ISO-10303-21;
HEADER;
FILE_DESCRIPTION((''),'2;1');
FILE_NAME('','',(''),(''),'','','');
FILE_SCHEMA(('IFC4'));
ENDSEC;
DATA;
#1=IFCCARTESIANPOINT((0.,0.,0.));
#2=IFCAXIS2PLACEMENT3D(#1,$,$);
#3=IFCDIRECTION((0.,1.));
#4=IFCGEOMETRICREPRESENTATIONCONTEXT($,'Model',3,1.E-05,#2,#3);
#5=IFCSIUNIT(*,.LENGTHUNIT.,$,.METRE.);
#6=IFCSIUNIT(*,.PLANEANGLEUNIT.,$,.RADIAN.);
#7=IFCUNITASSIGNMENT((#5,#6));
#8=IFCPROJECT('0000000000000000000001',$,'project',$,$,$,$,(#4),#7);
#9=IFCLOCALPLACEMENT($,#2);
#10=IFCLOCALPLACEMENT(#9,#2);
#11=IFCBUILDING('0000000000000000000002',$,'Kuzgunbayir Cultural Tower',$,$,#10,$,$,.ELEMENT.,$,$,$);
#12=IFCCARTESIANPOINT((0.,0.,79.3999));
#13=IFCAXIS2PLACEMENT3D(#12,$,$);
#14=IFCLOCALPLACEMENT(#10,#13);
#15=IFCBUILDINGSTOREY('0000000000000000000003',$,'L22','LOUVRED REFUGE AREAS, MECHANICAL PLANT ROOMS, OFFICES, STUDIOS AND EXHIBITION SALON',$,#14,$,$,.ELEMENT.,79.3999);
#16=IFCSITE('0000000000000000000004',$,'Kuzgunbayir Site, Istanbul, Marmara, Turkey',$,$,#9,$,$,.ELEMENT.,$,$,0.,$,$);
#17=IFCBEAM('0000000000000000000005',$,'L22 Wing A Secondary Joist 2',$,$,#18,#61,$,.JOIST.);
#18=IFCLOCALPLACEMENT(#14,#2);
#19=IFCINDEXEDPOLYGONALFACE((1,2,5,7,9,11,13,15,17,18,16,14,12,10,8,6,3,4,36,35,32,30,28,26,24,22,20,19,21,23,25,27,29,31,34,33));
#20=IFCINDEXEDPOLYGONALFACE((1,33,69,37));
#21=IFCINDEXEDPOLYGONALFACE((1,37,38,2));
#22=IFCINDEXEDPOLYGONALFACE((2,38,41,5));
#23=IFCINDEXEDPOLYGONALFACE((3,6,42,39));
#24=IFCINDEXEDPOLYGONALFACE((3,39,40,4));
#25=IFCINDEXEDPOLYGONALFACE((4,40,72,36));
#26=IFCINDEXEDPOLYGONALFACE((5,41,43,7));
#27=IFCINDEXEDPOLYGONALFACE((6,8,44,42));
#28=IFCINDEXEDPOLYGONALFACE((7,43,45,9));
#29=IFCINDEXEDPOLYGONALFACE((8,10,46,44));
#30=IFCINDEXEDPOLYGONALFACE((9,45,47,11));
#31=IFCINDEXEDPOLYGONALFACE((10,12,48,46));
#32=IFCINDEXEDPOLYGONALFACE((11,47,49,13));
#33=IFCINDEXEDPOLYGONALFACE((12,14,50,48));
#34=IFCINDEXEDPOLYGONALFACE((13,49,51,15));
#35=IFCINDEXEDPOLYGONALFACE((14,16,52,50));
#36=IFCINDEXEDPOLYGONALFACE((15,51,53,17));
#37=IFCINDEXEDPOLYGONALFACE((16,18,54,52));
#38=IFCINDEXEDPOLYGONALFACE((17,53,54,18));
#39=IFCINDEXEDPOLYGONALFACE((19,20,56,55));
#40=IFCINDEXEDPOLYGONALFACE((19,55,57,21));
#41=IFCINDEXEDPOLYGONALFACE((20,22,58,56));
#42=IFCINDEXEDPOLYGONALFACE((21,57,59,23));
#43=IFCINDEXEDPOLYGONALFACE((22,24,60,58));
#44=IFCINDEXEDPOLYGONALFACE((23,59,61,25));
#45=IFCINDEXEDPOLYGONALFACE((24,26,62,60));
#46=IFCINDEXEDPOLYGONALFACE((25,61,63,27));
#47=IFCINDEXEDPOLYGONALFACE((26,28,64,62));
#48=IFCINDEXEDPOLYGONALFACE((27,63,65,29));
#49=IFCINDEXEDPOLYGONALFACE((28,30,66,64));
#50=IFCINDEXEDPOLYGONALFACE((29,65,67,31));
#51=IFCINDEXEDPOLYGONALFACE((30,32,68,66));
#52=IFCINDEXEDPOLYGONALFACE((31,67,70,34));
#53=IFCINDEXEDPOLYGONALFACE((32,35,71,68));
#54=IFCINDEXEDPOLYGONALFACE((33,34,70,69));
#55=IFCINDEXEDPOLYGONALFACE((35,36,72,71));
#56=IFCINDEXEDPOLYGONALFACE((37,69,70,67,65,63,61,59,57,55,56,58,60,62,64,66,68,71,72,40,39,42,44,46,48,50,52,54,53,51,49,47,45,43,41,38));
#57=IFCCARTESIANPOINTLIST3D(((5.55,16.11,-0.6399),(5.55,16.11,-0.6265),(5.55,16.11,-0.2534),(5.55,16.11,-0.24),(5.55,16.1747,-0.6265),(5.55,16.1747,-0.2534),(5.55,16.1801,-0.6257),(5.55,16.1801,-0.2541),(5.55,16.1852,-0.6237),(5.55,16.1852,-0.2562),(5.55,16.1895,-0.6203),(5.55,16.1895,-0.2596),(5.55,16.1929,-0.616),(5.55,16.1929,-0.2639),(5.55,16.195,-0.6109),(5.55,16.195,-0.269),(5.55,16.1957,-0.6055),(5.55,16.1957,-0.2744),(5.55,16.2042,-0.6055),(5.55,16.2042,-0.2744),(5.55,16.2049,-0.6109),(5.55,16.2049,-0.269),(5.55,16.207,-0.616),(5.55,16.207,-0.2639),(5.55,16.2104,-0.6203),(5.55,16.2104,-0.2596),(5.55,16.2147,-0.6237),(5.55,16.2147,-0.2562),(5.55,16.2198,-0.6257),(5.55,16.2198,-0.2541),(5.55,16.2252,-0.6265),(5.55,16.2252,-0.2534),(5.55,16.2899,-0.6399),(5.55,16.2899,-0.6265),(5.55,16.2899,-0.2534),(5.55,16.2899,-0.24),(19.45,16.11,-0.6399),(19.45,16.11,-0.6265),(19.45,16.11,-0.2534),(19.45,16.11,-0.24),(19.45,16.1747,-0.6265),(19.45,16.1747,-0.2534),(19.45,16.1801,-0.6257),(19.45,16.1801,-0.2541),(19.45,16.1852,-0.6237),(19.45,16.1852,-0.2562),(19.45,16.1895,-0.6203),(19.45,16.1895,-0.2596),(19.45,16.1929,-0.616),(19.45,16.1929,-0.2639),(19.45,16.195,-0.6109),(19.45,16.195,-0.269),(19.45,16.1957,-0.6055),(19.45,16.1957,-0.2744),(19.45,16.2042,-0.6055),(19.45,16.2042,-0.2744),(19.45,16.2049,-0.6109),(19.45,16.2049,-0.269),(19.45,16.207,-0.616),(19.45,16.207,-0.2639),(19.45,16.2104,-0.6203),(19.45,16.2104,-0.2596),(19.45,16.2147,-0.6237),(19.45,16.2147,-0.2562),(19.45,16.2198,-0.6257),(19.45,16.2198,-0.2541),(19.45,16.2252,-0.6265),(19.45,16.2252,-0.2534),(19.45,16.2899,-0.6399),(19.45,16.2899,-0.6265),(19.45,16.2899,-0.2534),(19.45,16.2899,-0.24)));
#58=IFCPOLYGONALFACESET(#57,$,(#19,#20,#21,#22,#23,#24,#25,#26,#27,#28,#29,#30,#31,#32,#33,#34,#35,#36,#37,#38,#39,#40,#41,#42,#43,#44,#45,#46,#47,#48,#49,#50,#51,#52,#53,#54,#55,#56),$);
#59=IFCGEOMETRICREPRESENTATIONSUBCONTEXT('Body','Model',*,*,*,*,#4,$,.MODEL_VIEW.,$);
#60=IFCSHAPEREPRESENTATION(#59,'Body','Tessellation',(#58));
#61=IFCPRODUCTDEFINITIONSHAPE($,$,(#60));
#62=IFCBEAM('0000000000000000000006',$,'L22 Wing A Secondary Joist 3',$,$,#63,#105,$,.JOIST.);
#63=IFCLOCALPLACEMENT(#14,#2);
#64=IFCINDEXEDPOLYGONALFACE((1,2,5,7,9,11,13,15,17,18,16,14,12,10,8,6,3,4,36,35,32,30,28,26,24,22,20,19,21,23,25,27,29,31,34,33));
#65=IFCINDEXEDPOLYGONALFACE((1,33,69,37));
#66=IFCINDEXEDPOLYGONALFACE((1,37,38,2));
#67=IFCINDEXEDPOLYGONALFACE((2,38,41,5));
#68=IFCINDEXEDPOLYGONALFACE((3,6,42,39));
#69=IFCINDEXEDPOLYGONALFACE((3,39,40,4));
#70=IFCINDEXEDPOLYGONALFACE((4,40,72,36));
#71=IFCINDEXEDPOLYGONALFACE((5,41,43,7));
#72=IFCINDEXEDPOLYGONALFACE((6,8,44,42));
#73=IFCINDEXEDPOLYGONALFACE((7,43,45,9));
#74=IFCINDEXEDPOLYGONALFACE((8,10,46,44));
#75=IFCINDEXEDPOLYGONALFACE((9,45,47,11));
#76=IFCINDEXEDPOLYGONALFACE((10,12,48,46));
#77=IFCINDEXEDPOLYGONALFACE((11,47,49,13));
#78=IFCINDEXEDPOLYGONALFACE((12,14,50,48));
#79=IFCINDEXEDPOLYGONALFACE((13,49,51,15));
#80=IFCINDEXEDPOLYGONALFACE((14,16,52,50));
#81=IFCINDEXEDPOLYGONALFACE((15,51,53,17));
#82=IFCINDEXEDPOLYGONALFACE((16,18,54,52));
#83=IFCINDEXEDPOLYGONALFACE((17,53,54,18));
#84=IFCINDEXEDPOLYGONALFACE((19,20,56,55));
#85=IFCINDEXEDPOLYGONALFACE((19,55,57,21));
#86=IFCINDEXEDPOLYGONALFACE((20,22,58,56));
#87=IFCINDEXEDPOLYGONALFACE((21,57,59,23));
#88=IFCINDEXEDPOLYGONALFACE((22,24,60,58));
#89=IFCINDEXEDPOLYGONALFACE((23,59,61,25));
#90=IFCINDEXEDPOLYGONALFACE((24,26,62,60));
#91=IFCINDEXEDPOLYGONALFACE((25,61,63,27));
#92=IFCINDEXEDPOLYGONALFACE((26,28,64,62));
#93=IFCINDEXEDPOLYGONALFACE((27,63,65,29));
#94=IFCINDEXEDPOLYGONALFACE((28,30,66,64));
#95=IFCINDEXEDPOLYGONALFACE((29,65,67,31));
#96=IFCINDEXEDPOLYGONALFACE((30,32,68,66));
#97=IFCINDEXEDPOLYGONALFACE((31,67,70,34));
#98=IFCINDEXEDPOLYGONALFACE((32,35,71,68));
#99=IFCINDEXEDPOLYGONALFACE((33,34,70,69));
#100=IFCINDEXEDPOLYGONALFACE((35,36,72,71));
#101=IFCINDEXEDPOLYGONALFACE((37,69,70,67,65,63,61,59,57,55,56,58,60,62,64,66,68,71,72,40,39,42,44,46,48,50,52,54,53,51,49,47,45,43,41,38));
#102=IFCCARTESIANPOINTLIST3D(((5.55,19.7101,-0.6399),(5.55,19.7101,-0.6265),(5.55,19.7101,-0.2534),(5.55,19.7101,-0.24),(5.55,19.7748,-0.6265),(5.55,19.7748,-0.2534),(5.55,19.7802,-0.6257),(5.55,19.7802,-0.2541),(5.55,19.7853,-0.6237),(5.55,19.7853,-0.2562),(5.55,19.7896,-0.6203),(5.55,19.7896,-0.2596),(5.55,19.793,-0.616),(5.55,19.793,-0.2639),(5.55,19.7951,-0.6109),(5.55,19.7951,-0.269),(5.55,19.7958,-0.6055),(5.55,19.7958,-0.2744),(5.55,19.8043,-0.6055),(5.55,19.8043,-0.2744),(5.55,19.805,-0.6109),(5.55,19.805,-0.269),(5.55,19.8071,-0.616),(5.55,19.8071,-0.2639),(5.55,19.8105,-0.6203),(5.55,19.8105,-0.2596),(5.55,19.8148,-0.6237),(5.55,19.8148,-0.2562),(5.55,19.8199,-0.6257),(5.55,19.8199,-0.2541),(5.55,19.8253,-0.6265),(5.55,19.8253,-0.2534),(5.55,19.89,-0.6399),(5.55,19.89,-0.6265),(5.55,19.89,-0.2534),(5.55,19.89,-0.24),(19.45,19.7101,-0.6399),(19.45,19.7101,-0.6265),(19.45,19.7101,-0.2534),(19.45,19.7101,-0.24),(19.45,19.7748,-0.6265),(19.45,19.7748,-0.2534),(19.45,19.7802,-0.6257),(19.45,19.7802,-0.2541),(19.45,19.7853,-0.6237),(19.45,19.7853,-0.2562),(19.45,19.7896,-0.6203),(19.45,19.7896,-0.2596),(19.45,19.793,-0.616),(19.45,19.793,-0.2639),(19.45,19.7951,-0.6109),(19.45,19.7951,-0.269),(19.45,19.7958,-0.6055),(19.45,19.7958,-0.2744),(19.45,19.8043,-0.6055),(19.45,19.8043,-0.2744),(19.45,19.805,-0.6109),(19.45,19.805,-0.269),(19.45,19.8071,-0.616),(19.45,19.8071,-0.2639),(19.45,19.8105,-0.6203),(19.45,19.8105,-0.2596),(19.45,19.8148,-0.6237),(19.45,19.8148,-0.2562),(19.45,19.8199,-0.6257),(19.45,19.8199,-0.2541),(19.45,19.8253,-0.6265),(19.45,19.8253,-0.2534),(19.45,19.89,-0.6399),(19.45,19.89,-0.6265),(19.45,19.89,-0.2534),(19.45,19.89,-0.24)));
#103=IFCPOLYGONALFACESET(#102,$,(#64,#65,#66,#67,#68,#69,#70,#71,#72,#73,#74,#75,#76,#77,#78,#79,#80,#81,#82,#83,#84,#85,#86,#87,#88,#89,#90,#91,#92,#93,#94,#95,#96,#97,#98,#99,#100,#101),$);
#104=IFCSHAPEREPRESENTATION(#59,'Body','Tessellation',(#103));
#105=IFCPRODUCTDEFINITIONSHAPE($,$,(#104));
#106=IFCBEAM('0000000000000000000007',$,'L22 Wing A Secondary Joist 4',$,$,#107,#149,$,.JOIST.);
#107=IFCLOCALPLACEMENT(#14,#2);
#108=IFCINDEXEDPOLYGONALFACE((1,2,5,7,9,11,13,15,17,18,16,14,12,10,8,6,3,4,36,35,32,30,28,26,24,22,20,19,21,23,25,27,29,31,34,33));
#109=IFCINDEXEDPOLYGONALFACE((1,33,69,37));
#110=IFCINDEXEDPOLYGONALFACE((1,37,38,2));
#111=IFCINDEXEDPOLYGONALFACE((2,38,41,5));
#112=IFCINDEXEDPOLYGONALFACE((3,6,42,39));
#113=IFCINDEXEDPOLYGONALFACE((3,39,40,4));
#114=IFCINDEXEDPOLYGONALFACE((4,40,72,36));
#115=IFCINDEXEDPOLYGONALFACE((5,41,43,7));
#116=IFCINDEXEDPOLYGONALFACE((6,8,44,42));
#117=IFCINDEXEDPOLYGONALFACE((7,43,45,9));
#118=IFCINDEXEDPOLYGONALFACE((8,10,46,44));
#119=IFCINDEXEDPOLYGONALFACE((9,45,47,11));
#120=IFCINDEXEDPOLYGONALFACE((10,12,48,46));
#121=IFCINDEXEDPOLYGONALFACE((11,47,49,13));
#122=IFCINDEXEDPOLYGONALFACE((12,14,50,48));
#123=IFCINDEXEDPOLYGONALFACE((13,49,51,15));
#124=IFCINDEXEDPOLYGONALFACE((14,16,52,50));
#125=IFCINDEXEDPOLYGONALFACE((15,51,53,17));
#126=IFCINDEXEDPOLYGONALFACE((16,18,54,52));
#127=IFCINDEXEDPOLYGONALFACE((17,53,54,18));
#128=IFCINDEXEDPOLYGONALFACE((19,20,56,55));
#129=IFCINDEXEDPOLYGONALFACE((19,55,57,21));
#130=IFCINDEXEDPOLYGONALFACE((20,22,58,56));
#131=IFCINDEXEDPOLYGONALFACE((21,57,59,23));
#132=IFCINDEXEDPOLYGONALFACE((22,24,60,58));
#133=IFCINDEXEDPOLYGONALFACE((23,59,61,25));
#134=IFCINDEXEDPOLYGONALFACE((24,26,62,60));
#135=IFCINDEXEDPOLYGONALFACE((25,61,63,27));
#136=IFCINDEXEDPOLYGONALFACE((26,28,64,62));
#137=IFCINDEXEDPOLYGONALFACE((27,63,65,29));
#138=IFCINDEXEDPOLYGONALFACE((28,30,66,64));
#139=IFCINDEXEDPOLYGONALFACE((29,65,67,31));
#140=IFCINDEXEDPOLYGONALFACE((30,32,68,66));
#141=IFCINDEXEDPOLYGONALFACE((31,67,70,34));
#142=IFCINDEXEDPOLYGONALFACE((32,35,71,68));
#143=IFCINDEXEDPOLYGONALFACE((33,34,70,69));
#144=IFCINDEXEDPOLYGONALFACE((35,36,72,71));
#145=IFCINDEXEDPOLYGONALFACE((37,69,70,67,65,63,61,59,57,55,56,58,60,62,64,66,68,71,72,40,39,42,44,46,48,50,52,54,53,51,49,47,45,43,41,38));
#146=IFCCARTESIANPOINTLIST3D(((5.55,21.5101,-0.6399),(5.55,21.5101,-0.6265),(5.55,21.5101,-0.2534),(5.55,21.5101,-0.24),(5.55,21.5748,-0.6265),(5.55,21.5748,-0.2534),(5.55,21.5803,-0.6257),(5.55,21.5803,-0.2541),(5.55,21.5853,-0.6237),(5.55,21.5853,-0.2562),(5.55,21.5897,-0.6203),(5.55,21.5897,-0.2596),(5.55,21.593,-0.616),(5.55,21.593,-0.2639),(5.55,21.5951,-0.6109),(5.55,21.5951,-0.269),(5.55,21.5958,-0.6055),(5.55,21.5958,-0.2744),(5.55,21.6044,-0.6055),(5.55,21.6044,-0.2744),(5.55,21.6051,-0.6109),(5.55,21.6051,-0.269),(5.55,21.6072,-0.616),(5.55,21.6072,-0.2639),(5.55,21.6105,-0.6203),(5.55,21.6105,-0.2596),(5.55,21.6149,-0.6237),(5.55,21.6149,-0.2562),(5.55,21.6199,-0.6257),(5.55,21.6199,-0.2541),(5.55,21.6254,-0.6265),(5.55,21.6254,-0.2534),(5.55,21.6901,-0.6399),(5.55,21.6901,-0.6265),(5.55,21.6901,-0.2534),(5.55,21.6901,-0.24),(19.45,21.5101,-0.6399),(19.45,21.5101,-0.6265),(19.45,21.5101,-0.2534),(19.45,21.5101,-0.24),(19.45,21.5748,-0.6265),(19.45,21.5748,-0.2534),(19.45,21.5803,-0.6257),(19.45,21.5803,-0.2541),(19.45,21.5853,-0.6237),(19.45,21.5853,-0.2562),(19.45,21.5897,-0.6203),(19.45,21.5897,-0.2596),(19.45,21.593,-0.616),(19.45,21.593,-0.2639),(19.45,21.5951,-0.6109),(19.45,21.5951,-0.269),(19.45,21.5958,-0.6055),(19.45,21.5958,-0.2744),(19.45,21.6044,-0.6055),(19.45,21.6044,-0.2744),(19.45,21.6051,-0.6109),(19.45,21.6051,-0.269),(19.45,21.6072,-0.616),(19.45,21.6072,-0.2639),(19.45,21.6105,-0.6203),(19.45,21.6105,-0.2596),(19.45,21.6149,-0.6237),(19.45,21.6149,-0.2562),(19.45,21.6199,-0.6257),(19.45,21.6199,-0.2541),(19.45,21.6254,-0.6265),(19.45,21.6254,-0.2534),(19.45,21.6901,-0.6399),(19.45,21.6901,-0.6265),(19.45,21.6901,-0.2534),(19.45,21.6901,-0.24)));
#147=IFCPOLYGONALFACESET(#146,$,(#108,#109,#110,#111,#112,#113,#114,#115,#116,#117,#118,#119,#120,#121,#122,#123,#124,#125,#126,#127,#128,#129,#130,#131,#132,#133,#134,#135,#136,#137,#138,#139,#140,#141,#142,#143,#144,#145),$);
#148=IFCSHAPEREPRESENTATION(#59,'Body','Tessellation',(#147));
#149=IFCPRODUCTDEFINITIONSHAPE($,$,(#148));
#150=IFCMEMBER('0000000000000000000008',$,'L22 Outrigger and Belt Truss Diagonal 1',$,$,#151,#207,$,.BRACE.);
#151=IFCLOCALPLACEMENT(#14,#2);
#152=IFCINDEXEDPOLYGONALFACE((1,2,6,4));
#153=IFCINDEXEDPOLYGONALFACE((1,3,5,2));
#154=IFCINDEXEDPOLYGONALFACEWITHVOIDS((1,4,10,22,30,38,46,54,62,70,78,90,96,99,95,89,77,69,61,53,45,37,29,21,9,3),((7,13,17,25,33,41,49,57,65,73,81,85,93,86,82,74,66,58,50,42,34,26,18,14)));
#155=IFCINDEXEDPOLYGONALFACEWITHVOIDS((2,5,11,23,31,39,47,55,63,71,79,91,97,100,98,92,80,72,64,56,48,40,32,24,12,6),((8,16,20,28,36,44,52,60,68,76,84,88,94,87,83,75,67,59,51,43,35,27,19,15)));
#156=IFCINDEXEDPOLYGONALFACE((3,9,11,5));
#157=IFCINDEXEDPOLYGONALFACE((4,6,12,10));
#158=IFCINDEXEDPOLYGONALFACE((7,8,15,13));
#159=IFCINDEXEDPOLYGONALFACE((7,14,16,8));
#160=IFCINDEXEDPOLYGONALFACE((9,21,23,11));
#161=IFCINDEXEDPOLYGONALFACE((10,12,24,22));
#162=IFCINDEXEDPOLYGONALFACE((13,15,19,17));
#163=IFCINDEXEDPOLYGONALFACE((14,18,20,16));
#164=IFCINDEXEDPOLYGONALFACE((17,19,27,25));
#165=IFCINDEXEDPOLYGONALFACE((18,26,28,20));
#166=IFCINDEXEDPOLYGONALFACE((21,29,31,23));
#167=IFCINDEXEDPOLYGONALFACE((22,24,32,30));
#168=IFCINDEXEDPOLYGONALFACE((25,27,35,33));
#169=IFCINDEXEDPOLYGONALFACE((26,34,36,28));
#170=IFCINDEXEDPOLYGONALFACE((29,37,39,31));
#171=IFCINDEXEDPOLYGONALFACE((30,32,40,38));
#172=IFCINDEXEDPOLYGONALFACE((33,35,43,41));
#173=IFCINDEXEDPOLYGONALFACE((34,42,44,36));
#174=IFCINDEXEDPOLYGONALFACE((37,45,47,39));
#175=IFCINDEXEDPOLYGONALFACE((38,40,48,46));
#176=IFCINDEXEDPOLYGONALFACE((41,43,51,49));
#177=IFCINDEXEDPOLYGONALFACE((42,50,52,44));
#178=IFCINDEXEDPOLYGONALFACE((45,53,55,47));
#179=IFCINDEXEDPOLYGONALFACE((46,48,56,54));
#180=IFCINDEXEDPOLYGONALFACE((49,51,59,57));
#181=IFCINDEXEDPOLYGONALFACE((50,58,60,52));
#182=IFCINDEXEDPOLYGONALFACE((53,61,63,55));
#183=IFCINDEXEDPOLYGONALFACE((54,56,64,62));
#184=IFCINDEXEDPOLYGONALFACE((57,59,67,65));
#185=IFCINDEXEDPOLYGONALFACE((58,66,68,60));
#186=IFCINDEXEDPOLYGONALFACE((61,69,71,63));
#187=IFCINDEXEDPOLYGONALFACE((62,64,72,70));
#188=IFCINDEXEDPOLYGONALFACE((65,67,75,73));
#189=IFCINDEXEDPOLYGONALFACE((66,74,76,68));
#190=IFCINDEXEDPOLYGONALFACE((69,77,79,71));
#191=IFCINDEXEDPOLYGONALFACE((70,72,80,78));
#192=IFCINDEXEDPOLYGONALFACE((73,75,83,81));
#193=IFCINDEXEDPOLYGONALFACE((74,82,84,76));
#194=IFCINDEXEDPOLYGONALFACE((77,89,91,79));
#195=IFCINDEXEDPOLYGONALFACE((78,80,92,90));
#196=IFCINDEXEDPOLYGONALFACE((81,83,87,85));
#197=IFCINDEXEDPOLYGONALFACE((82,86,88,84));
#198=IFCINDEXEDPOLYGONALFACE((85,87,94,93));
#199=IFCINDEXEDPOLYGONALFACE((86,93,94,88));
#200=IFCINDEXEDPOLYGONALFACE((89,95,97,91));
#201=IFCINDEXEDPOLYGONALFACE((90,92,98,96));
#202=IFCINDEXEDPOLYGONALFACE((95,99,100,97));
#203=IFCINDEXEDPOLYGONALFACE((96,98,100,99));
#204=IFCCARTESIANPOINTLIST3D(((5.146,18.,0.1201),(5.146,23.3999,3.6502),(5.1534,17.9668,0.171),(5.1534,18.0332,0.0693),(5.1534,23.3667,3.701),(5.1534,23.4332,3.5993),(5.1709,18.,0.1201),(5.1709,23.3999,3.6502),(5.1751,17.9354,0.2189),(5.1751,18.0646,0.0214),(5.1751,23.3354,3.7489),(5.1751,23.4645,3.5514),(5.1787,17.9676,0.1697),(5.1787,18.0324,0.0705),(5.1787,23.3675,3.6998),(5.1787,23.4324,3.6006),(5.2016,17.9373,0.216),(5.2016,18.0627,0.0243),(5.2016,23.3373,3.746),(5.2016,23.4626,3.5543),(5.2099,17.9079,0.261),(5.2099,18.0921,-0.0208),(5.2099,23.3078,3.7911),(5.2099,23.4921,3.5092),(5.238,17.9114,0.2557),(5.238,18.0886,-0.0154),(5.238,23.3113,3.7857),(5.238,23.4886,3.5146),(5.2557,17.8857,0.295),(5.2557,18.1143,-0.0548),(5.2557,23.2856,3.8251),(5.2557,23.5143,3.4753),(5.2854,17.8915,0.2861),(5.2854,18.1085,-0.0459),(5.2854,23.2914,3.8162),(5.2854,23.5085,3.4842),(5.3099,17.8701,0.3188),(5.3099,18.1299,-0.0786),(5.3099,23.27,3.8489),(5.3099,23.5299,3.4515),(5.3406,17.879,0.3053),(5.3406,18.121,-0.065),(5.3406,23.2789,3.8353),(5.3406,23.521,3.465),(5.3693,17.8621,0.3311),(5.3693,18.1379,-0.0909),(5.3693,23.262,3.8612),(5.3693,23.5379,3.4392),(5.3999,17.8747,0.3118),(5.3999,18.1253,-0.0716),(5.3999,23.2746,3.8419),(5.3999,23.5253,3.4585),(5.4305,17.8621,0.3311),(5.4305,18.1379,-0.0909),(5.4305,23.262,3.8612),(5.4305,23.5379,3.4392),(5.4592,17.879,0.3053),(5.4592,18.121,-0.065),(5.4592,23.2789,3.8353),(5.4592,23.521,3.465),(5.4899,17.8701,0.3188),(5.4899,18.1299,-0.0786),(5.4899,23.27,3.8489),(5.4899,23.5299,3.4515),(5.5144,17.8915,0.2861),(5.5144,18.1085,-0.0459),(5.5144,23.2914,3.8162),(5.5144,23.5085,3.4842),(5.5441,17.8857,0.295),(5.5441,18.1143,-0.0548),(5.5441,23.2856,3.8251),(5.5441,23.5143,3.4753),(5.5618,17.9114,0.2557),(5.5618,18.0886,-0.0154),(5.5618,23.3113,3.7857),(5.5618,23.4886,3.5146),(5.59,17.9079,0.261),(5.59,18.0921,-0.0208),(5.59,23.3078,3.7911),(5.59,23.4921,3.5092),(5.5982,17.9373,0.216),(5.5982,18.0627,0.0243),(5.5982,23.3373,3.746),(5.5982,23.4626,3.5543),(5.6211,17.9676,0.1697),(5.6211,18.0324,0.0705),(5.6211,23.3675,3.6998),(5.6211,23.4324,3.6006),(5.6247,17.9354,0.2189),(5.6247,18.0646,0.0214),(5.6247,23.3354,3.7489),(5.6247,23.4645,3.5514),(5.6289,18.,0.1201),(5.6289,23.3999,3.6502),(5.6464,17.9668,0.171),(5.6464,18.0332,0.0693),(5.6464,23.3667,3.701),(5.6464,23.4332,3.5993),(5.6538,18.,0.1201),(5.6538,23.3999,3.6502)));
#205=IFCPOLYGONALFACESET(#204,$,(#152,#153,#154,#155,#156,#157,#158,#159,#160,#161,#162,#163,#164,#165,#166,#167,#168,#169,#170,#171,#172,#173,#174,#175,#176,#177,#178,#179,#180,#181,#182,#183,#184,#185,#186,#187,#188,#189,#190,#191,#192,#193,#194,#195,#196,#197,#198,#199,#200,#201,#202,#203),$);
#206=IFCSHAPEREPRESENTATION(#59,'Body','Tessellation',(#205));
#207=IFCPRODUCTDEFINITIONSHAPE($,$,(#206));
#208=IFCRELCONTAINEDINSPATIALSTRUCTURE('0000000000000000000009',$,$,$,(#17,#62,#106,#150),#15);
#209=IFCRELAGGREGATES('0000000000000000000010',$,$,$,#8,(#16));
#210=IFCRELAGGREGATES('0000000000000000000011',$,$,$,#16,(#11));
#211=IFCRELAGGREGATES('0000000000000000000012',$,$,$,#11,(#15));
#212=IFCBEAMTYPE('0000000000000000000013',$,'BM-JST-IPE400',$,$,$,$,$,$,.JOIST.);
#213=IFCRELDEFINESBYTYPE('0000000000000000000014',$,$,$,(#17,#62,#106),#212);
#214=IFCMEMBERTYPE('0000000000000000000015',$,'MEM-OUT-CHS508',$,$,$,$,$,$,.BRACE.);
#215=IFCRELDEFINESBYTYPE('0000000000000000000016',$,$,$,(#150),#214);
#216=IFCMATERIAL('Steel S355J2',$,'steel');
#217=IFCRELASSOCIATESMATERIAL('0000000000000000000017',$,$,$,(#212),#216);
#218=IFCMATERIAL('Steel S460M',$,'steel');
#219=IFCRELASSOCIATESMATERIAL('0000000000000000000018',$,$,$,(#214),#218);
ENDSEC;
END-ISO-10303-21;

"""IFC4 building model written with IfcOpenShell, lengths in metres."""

from ifc_helpers import new_model, si_unit, direction, frame, origin, origin_2d, place, context, subcontext, project, spatial, hollow_circle, i_section, extrude, material, material_profile, profile_set, type_object, element, save


model = new_model("IFC4")

# Units and contexts
model_context = context("Model", 3, precision=1e-05, world=origin(), true_north=direction((0.0, 1.0)))
body_context = subcontext(model_context, "Body", "Model", "MODEL_VIEW")
ifc_project = project(units=[si_unit("LENGTHUNIT", "METRE"), si_unit("PLANEANGLEUNIT", "RADIAN")], contexts=[model_context])

# Site, building, storey
site_placement = place(None, origin())
site = spatial("IfcSite", under=ifc_project, at=site_placement, Name="Kuzgunbayir Site, Istanbul, Marmara, Turkey", CompositionType="ELEMENT", RefElevation=0.0)
building_placement = place(site_placement, origin())
building = spatial("IfcBuilding", under=site, at=building_placement, Name="Kuzgunbayir Cultural Tower", CompositionType="ELEMENT")
storey_placement = place(building_placement, frame((0.0, 0.0, 79.3999)))
storey = spatial("IfcBuildingStorey", under=building, at=storey_placement, Name="L22", Description="LOUVRED REFUGE AREAS, MECHANICAL PLANT ROOMS, OFFICES, STUDIOS AND EXHIBITION SALON", CompositionType="ELEMENT", Elevation=79.3999)

# Beams
ifc_material_1 = material(Name="Steel S355J2", Category="steel")
ifc_material_profile_1 = material_profile(ifc_material_1, i_section(OverallWidth=0.1799, OverallDepth=0.3999, WebThickness=0.0085, FlangeThickness=0.0134, FilletRadius=0.021, at=origin_2d()), Name="IPE 400")
ifc_profile_set_1 = profile_set([ifc_material_profile_1], Name="Steel S355J2")
beam_type_1 = type_object("IfcBeamType", Name="BM-JST-IPE400", PredefinedType="JOIST", material=ifc_profile_set_1)
for number, where, z_axis, x_axis, name in (
    (1, (5.55, 16.2, -0.4399), (1.0, 0.0, 0.0), (0.0, 1.0, 0.0), "L22 Wing A Secondary Joist 2"),
    (2, (5.55, 19.8, -0.4399), (1.0, 0.0, 0.0), (0.0, 1.0, 0.0), "L22 Wing A Secondary Joist 3"),
    (3, (5.55, 21.6001, -0.4399), (1.0, 0.0, 0.0), (0.0, 1.0, 0.0), "L22 Wing A Secondary Joist 4"),
):
    element("IfcBeam", number, at=place(storey_placement, frame(where, z_axis=z_axis, x_axis=x_axis)), inside=storey, type_object=beam_type_1, Name=name, PredefinedType="JOIST", context=body_context, shape_type="SweptSolid", body=[
        extrude(i_section(OverallWidth=0.1799, OverallDepth=0.3999, WebThickness=0.0085, FlangeThickness=0.0134, FilletRadius=0.021, at=origin_2d()), origin(), (0.0, 0.0, 1.0), 13.8999),
    ])

# Member
ifc_material_2 = material(Name="Steel S460M", Category="steel")
ifc_material_profile_2 = material_profile(ifc_material_2, hollow_circle(Radius=0.2539, WallThickness=0.0249, at=origin_2d()), Name="CHS 508x25")
ifc_profile_set_2 = profile_set([ifc_material_profile_2], Name="Steel S460M")
member_type = type_object("IfcMemberType", Name="MEM-OUT-CHS508", PredefinedType="BRACE", material=ifc_profile_set_2)
for number, where, z_axis, x_axis, name in (
    (4, (5.3999, 18.0, 0.1201), (0.0, 0.837018, 0.547176), (-1.0, 0.0, 0.0), "L22 Outrigger and Belt Truss Diagonal 1"),
):
    element("IfcMember", number, at=place(storey_placement, frame(where, z_axis=z_axis, x_axis=x_axis)), inside=storey, type_object=member_type, Name=name, PredefinedType="BRACE", context=body_context, shape_type="SweptSolid", body=[
        extrude(hollow_circle(Radius=0.2539, WallThickness=0.0249, at=origin_2d()), origin(), (0.0, 0.0, 1.0), 6.4514),
    ])

save(model, "model.ifc")
